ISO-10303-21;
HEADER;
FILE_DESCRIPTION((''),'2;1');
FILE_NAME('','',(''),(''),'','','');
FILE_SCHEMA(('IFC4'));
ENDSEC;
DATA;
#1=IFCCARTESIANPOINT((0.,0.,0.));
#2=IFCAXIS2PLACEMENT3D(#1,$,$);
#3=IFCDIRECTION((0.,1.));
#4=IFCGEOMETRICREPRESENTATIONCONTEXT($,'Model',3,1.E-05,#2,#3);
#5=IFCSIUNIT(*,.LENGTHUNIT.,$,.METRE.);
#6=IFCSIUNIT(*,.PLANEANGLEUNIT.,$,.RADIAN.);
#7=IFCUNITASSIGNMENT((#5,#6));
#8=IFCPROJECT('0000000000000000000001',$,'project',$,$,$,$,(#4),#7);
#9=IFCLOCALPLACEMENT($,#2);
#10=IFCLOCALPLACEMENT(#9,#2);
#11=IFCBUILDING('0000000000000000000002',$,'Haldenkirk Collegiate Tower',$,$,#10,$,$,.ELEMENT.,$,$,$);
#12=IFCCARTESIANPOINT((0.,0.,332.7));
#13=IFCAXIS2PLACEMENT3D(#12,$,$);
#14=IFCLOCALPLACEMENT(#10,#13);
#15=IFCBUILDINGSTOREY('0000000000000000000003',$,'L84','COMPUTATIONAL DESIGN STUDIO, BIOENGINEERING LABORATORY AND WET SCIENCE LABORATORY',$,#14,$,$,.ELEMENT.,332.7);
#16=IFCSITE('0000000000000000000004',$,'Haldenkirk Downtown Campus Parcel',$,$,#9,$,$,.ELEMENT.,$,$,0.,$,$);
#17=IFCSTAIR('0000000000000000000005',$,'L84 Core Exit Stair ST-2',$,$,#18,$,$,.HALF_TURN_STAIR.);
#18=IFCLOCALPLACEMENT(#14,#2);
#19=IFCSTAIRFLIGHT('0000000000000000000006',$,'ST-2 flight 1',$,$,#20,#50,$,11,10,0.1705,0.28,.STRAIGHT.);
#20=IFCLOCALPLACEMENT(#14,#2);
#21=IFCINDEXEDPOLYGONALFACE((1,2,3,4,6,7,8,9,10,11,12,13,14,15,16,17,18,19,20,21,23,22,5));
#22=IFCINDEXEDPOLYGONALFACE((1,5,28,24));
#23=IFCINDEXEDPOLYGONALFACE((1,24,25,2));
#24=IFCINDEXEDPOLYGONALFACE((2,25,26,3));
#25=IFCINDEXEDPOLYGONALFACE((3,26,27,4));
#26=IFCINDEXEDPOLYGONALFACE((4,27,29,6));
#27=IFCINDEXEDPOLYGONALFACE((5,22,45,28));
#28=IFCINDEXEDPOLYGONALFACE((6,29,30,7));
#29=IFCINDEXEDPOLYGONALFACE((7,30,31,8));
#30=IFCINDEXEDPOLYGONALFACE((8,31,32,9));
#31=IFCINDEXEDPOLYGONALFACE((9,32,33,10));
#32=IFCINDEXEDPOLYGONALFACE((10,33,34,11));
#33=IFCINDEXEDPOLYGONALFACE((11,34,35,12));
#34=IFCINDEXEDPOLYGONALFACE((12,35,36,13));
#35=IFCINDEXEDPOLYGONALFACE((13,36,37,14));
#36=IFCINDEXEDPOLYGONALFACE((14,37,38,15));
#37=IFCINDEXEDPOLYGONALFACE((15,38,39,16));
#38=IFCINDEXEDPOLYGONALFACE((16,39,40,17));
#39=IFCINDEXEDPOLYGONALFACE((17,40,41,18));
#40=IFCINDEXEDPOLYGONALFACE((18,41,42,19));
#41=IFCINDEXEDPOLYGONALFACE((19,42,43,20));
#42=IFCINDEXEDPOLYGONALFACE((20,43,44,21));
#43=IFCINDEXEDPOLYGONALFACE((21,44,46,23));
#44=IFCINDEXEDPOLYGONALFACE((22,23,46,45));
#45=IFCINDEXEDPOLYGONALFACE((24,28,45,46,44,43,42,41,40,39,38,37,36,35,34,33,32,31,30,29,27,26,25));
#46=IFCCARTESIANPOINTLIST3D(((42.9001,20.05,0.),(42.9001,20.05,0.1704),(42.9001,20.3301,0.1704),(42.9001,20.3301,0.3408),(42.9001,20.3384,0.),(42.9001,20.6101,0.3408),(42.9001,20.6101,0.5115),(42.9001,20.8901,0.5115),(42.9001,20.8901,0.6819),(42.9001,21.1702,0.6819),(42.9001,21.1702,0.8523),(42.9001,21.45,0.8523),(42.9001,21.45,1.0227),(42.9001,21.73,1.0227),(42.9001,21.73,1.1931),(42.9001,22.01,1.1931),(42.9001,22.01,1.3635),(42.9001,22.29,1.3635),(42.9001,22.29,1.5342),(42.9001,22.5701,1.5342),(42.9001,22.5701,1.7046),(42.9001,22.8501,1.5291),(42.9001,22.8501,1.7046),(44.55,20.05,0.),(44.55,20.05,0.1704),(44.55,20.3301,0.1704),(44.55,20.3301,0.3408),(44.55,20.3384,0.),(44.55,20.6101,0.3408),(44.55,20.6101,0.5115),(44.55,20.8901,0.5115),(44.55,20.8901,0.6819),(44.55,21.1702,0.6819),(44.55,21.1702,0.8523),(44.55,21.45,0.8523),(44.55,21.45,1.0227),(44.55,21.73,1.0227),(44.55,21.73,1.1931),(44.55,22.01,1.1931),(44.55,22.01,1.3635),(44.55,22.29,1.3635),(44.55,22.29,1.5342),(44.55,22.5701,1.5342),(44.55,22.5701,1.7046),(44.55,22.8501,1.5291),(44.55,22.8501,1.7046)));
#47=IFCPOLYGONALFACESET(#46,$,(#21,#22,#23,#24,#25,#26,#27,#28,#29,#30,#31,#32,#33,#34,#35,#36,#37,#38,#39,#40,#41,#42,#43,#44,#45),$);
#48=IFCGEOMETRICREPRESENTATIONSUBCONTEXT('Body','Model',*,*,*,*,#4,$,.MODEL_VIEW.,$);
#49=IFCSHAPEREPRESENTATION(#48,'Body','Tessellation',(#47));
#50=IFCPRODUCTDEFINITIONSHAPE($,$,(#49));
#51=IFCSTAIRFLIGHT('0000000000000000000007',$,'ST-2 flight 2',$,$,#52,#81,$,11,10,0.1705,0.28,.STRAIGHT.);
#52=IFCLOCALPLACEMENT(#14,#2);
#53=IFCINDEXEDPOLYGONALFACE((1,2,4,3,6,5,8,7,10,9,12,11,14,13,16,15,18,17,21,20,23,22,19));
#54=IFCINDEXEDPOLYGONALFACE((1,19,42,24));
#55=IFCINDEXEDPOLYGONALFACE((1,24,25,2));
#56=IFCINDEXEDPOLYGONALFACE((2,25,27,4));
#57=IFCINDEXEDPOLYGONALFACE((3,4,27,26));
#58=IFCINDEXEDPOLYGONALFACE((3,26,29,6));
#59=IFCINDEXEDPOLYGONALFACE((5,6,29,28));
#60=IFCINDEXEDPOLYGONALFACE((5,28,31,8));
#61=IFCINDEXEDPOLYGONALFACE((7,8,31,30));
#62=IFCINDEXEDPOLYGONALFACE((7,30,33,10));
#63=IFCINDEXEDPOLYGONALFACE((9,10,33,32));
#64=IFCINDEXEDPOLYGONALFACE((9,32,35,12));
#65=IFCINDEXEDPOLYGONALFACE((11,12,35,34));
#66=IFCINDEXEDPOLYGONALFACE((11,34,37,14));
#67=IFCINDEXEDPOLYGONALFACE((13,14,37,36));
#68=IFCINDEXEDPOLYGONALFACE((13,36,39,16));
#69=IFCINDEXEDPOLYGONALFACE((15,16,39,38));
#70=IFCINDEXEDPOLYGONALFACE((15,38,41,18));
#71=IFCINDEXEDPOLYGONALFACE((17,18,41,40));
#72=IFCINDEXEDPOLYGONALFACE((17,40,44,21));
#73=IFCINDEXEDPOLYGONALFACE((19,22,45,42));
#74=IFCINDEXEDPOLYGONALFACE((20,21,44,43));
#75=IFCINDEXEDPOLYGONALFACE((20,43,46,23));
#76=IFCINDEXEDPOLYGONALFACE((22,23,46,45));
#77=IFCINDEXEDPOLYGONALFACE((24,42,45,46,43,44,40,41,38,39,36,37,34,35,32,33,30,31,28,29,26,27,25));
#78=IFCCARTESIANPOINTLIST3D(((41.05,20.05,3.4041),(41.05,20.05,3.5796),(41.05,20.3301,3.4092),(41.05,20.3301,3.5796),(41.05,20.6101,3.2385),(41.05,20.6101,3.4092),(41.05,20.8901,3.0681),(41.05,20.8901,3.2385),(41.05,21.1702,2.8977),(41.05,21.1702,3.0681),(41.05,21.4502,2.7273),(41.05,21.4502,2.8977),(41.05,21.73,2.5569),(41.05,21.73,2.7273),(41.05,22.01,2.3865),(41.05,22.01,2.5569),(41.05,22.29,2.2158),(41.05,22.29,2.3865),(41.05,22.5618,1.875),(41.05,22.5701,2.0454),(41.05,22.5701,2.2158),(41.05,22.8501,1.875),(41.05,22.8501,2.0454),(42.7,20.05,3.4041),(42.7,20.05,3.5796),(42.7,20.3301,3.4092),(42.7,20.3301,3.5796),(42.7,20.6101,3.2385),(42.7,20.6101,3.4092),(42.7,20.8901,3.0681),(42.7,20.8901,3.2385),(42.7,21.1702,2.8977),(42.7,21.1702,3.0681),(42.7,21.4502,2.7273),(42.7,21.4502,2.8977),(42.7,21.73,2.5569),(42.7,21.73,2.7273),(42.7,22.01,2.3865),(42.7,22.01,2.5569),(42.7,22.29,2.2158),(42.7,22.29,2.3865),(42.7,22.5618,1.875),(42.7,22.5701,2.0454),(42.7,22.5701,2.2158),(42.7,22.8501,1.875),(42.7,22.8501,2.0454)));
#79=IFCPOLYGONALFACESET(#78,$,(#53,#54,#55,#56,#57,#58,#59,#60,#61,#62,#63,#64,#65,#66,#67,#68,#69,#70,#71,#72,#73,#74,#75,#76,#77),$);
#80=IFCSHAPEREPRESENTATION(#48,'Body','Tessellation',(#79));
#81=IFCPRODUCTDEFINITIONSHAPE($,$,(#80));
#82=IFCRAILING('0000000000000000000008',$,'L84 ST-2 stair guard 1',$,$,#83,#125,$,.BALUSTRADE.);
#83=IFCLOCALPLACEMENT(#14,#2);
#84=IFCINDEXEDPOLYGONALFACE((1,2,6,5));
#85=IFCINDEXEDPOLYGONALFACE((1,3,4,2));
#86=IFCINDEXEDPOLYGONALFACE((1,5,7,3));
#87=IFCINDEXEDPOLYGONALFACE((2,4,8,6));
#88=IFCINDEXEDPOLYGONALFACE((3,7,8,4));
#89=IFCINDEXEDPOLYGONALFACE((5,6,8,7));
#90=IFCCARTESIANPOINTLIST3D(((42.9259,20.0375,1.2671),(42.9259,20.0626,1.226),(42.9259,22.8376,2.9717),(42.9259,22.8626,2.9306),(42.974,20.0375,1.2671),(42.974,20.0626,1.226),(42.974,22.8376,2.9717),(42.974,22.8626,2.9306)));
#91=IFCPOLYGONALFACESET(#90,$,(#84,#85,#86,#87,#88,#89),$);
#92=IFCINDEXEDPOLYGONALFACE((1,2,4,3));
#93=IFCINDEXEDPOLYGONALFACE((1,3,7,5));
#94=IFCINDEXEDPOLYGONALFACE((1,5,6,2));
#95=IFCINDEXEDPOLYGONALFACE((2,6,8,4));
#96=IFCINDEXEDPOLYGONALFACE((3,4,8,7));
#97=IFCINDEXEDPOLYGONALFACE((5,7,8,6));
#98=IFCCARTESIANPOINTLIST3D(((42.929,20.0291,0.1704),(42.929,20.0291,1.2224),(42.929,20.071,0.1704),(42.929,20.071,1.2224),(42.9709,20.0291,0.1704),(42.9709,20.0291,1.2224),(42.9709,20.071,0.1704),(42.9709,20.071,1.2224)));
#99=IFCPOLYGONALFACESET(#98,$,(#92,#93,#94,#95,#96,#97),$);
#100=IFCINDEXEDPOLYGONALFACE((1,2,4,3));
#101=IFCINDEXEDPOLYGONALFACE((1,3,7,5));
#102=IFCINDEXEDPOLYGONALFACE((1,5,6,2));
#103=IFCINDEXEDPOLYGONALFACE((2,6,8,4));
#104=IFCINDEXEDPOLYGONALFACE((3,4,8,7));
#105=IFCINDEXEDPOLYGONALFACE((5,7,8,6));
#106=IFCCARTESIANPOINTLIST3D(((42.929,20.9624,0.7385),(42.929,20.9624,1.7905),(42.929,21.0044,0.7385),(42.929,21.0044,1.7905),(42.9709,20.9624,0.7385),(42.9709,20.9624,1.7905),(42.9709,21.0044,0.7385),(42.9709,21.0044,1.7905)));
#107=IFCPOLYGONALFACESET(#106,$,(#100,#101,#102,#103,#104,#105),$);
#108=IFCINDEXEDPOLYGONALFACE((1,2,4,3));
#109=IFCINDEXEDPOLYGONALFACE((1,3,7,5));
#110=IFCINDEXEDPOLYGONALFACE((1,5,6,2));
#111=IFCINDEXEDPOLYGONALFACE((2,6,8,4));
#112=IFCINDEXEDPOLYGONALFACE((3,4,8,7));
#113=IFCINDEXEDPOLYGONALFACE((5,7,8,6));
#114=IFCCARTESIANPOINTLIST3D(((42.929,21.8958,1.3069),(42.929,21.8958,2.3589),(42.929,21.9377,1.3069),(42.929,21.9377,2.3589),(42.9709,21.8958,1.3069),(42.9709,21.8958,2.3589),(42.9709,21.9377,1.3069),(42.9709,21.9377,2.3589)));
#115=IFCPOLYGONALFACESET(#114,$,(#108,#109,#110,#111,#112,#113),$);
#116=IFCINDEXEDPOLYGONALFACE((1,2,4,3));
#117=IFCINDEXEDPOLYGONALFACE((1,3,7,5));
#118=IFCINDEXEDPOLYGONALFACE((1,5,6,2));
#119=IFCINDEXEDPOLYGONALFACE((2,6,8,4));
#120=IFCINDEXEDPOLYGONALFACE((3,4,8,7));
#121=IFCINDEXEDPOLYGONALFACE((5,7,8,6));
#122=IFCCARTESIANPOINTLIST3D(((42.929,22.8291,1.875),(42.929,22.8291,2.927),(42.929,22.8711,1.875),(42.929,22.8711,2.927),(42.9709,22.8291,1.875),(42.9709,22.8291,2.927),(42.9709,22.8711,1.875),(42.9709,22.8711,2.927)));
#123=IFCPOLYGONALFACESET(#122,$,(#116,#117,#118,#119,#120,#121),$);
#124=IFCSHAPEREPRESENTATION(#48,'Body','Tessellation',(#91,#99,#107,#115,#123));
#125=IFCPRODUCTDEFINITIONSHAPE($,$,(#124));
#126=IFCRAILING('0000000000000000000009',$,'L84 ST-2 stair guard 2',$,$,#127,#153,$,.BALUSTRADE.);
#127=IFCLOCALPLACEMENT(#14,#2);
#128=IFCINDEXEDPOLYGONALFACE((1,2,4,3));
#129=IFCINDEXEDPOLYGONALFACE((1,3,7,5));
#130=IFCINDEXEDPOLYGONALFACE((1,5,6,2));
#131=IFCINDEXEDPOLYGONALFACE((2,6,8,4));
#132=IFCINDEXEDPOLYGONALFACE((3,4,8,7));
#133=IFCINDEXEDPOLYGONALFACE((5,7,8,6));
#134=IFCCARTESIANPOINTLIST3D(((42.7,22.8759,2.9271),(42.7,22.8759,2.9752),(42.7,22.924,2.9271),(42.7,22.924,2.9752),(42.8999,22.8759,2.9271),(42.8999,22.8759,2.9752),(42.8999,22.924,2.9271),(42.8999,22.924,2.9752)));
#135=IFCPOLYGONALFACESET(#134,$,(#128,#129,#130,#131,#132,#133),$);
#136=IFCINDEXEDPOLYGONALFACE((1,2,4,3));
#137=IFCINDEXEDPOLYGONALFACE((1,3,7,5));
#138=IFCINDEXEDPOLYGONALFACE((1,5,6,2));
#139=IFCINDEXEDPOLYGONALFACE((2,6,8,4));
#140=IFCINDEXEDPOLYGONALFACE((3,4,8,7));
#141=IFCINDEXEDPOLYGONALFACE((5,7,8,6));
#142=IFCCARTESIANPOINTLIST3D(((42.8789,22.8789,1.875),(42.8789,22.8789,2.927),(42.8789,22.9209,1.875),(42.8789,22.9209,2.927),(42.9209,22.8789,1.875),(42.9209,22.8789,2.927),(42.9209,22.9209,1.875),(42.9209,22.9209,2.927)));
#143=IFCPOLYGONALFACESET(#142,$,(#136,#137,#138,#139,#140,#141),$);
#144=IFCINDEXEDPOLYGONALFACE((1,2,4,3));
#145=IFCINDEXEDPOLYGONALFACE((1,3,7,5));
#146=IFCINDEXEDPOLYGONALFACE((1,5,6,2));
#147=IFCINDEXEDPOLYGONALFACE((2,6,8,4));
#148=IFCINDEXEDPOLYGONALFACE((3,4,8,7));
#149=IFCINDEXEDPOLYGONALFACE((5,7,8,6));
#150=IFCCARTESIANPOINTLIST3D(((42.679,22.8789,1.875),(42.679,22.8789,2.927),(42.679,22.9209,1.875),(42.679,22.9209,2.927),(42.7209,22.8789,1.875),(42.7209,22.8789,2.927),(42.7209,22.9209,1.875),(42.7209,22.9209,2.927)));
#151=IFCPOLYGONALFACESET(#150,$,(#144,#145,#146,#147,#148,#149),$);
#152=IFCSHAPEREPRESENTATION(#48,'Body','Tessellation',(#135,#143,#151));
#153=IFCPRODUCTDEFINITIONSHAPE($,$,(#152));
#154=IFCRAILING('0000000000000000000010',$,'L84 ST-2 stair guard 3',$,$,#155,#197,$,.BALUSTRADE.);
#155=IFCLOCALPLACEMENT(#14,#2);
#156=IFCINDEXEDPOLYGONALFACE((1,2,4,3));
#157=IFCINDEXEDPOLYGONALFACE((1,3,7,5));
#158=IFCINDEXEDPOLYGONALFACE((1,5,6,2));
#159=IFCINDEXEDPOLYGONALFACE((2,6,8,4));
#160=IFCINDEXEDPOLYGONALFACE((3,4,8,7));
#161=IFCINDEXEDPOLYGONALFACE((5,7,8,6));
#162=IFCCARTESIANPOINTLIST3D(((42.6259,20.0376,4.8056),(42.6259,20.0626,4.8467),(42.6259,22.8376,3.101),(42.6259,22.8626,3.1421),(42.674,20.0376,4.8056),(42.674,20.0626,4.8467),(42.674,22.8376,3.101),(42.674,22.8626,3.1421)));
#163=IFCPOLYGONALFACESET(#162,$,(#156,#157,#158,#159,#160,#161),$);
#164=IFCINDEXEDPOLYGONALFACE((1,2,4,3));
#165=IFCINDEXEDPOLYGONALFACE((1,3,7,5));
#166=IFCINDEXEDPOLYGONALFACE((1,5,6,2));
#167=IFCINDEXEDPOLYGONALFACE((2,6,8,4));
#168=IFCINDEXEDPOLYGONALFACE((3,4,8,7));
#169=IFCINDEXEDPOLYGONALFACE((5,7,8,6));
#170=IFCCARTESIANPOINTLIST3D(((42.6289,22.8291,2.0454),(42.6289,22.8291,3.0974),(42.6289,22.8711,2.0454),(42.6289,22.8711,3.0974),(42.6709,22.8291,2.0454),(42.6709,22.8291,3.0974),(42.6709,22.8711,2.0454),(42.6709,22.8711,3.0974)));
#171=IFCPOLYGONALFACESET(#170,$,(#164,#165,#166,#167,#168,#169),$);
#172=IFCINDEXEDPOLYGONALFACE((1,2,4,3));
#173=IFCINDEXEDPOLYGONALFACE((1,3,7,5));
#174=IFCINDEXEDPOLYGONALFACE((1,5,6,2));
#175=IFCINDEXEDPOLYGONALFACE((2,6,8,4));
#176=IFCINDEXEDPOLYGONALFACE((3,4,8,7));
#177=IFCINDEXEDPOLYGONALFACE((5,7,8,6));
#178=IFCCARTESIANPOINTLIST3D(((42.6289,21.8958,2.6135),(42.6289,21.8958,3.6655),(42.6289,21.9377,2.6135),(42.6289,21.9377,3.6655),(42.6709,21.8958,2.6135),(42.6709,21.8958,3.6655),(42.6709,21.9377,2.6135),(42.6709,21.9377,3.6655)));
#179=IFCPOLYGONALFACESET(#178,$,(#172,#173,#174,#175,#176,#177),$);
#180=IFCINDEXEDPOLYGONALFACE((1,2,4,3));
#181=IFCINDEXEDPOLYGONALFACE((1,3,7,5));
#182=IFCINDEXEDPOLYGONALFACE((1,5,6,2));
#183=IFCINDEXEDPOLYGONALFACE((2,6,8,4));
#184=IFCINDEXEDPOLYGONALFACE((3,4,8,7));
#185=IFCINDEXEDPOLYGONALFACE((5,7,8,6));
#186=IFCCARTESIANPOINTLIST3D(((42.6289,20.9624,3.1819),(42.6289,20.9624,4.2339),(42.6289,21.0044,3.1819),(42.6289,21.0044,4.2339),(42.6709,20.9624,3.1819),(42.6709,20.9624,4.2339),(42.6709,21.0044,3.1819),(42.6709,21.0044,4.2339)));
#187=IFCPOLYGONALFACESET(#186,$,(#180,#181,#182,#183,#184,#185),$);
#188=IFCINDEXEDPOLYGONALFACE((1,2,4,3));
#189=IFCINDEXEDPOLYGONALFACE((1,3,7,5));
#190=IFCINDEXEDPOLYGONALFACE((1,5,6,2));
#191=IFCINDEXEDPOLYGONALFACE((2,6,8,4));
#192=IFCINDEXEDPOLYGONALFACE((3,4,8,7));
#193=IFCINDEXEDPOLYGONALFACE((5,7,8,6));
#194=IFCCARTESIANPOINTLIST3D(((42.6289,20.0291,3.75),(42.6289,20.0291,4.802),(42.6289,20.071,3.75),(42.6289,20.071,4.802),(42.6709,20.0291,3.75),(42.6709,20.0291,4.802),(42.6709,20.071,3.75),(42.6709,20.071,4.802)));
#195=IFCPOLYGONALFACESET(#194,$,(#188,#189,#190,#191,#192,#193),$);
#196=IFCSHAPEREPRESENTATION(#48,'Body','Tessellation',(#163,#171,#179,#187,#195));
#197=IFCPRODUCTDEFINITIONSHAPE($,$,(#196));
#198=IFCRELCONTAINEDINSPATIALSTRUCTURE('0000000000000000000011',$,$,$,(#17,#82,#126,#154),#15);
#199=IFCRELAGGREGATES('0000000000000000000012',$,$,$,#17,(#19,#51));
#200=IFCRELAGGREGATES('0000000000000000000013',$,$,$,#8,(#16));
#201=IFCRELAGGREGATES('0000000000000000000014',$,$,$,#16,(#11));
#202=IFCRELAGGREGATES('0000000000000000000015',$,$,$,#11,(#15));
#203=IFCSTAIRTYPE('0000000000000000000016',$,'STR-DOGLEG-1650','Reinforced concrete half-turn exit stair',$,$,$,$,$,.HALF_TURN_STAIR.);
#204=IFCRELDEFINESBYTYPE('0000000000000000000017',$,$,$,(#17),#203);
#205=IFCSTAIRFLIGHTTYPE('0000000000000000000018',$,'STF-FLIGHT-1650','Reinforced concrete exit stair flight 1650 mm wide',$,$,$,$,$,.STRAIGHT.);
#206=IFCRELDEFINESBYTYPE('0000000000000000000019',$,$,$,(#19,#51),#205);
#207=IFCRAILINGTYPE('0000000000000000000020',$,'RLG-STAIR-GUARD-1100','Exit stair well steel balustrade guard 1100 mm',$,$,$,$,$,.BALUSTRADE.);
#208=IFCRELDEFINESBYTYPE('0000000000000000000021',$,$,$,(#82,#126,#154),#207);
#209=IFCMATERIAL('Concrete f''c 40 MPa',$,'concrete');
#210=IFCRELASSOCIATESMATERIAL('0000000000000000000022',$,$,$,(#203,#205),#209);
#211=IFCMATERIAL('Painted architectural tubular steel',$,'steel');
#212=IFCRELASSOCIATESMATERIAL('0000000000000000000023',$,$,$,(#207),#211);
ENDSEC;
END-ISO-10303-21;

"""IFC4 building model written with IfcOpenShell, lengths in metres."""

from ifc_helpers import new_model, si_unit, direction, frame, origin, origin_2d, place, context, subcontext, project, spatial, polyline, rectangle, outline, extrude, material, type_object, element, aggregate, save


model = new_model("IFC4")

# Units and contexts
model_context = context("Model", 3, precision=1e-05, world=origin(), true_north=direction((0.0, 1.0)))
body_context = subcontext(model_context, "Body", "Model", "MODEL_VIEW")
ifc_project = project(units=[si_unit("LENGTHUNIT", "METRE"), si_unit("PLANEANGLEUNIT", "RADIAN")], contexts=[model_context])

# Site, building, storey
site_placement = place(None, origin())
site = spatial("IfcSite", under=ifc_project, at=site_placement, Name="Haldenkirk Downtown Campus Parcel", CompositionType="ELEMENT", RefElevation=0.0)
building_placement = place(site_placement, origin())
building = spatial("IfcBuilding", under=site, at=building_placement, Name="Haldenkirk Collegiate Tower", CompositionType="ELEMENT")
storey_placement = place(building_placement, frame((0.0, 0.0, 332.7)))
storey = spatial("IfcBuildingStorey", under=building, at=storey_placement, Name="L84", Description="COMPUTATIONAL DESIGN STUDIO, BIOENGINEERING LABORATORY AND WET SCIENCE LABORATORY", CompositionType="ELEMENT", Elevation=332.7)

# Stair, stair flights
ifc_material_1 = material(Name="Concrete f'c 40 MPa", Category="concrete")
stair_type = type_object("IfcStairType", Name="STR-DOGLEG-1650", Description="Reinforced concrete half-turn exit stair", PredefinedType="HALF_TURN_STAIR", material=ifc_material_1)
stair_placement = place(storey_placement, origin())
stair = element("IfcStair", 1, at=stair_placement, inside=storey, type_object=stair_type, Name="L84 Core Exit Stair ST-2", PredefinedType="HALF_TURN_STAIR")
stair_flight_type = type_object("IfcStairFlightType", Name="STF-FLIGHT-1650", Description="Reinforced concrete exit stair flight 1650 mm wide", PredefinedType="STRAIGHT", material=ifc_material_1)
stair_flight_1_placement = place(storey_placement, frame((43.7251, 20.05, 0.0), z_axis=(0.0, 0.0, 1.0), x_axis=(0.0, 1.0, 0.0)))
stair_flight_1 = element("IfcStairFlight", 2, at=stair_flight_1_placement, type_object=stair_flight_type, Name="ST-2 flight 1", NumberOfRisers=11, NumberOfTreads=10, PredefinedType="STRAIGHT", RiserHeight=0.1705, TreadLength=0.28, context=body_context, shape_type="SweptSolid", body=[
    extrude(outline(polyline([(0.0, 0.0), (0.0, 0.1704), (0.28, 0.1704), (0.28, 0.3408), (0.5601, 0.3408), (0.5601, 0.5115), (0.8401, 0.5115), (0.8401, 0.6819), (1.1201, 0.6819), (1.1201, 0.8523), (1.3999, 0.8523), (1.3999, 1.0227), (1.6799, 1.0227), (1.6799, 1.1931), (1.96, 1.1931), (1.96, 1.3635), (2.24, 1.3635), (2.24, 1.5342), (2.52, 1.5342), (2.52, 1.7046), (2.8, 1.7046), (2.8, 1.875), (2.8, 1.5291), (0.2883, 0.0), (0.0, 0.0)])), frame((0.0, 0.825, 0.0), z_axis=(0.0, -1.0, 0.0), x_axis=(1.0, 0.0, 0.0)), (0.0, 0.0, 1.0), 1.6499),
])
stair_flight_2_placement = place(storey_placement, frame((41.875, 22.8501, 1.875), z_axis=(0.0, 0.0, 1.0), x_axis=(0.0, -1.0, 0.0)))
stair_flight_2 = element("IfcStairFlight", 3, at=stair_flight_2_placement, type_object=stair_flight_type, Name="ST-2 flight 2", NumberOfRisers=11, NumberOfTreads=10, PredefinedType="STRAIGHT", RiserHeight=0.1705, TreadLength=0.28, context=body_context, shape_type="SweptSolid", body=[
    extrude(outline(polyline([(0.0, 0.0), (0.0, 0.1704), (0.28, 0.1704), (0.28, 0.3408), (0.5601, 0.3408), (0.5601, 0.5115), (0.8401, 0.5115), (0.8401, 0.6819), (1.1201, 0.6819), (1.1201, 0.8523), (1.3999, 0.8523), (1.3999, 1.0227), (1.6799, 1.0227), (1.6799, 1.1931), (1.96, 1.1931), (1.96, 1.3635), (2.24, 1.3635), (2.24, 1.5342), (2.52, 1.5342), (2.52, 1.7046), (2.8, 1.7046), (2.8, 1.875), (2.8, 1.5291), (0.2883, 0.0), (0.0, 0.0)])), frame((0.0, 0.825, 0.0), z_axis=(0.0, -1.0, 0.0), x_axis=(1.0, 0.0, 0.0)), (0.0, 0.0, 1.0), 1.6499),
])
aggregate(stair, [stair_flight_1, stair_flight_2])

# Railings
ifc_material_2 = material(Name="Painted architectural tubular steel", Category="steel")
railing_type_1 = type_object("IfcRailingType", Name="RLG-STAIR-GUARD-1100", Description="Exit stair well steel balustrade guard 1100 mm", PredefinedType="BALUSTRADE", material=ifc_material_2)
railing_1_placement = place(storey_placement, frame((42.95, 20.05, 0.1704)))
element("IfcRailing", 4, at=railing_1_placement, inside=storey, type_object=railing_type_1, Name="L84 ST-2 stair guard 1", PredefinedType="BALUSTRADE", context=body_context, shape_type="SweptSolid", body=[
    extrude(rectangle(XDim=0.0481, YDim=0.0481, at=origin_2d()), frame((0.0, 0.0, 1.0762), z_axis=(0.0, 0.85417, 0.519994), x_axis=(-1.0, 0.0, 0.0)), (0.0, 0.0, 1.0), 3.2781),
    extrude(rectangle(XDim=0.042, YDim=0.042, at=origin_2d()), origin(), (0.0, 0.0, 1.0), 1.052),
    extrude(rectangle(XDim=0.042, YDim=0.042, at=origin_2d()), frame((0.0, 0.9333, 0.5681)), (0.0, 0.0, 1.0), 1.052),
    extrude(rectangle(XDim=0.042, YDim=0.042, at=origin_2d()), frame((0.0, 1.8667, 1.1365)), (0.0, 0.0, 1.0), 1.052),
    extrude(rectangle(XDim=0.042, YDim=0.042, at=origin_2d()), frame((0.0, 2.8, 1.7046)), (0.0, 0.0, 1.0), 1.052),
])
railing_2_placement = place(storey_placement, frame((42.8999, 22.8999, 1.875)))
element("IfcRailing", 5, at=railing_2_placement, inside=storey, type_object=railing_type_1, Name="L84 ST-2 stair guard 2", PredefinedType="BALUSTRADE", context=body_context, shape_type="SweptSolid", body=[
    extrude(rectangle(XDim=0.0481, YDim=0.0481, at=origin_2d()), frame((0.0, 0.0, 1.0762), z_axis=(-1.0, 0.0, 0.0), x_axis=(0.0, -1.0, 0.0)), (0.0, 0.0, 1.0), 0.2),
    extrude(rectangle(XDim=0.042, YDim=0.042, at=origin_2d()), origin(), (0.0, 0.0, 1.0), 1.052),
    extrude(rectangle(XDim=0.042, YDim=0.042, at=origin_2d()), frame((-0.2, 0.0, 0.0)), (0.0, 0.0, 1.0), 1.052),
])
railing_3_placement = place(storey_placement, frame((42.6499, 22.8501, 2.0454)))
element("IfcRailing", 6, at=railing_3_placement, inside=storey, type_object=railing_type_1, Name="L84 ST-2 stair guard 3", PredefinedType="BALUSTRADE", context=body_context, shape_type="SweptSolid", body=[
    extrude(rectangle(XDim=0.0481, YDim=0.0481, at=origin_2d()), frame((0.0, 0.0, 1.0762), z_axis=(0.0, -0.85417, 0.519994), x_axis=(1.0, 0.0, 0.0)), (0.0, 0.0, 1.0), 3.2781),
    extrude(rectangle(XDim=0.042, YDim=0.042, at=origin_2d()), origin(), (0.0, 0.0, 1.0), 1.052),
    extrude(rectangle(XDim=0.042, YDim=0.042, at=origin_2d()), frame((0.0, -0.9333, 0.5681)), (0.0, 0.0, 1.0), 1.052),
    extrude(rectangle(XDim=0.042, YDim=0.042, at=origin_2d()), frame((0.0, -1.8667, 1.1365)), (0.0, 0.0, 1.0), 1.052),
    extrude(rectangle(XDim=0.042, YDim=0.042, at=origin_2d()), frame((0.0, -2.8, 1.7046)), (0.0, 0.0, 1.0), 1.052),
])

save(model, "model.ifc")
